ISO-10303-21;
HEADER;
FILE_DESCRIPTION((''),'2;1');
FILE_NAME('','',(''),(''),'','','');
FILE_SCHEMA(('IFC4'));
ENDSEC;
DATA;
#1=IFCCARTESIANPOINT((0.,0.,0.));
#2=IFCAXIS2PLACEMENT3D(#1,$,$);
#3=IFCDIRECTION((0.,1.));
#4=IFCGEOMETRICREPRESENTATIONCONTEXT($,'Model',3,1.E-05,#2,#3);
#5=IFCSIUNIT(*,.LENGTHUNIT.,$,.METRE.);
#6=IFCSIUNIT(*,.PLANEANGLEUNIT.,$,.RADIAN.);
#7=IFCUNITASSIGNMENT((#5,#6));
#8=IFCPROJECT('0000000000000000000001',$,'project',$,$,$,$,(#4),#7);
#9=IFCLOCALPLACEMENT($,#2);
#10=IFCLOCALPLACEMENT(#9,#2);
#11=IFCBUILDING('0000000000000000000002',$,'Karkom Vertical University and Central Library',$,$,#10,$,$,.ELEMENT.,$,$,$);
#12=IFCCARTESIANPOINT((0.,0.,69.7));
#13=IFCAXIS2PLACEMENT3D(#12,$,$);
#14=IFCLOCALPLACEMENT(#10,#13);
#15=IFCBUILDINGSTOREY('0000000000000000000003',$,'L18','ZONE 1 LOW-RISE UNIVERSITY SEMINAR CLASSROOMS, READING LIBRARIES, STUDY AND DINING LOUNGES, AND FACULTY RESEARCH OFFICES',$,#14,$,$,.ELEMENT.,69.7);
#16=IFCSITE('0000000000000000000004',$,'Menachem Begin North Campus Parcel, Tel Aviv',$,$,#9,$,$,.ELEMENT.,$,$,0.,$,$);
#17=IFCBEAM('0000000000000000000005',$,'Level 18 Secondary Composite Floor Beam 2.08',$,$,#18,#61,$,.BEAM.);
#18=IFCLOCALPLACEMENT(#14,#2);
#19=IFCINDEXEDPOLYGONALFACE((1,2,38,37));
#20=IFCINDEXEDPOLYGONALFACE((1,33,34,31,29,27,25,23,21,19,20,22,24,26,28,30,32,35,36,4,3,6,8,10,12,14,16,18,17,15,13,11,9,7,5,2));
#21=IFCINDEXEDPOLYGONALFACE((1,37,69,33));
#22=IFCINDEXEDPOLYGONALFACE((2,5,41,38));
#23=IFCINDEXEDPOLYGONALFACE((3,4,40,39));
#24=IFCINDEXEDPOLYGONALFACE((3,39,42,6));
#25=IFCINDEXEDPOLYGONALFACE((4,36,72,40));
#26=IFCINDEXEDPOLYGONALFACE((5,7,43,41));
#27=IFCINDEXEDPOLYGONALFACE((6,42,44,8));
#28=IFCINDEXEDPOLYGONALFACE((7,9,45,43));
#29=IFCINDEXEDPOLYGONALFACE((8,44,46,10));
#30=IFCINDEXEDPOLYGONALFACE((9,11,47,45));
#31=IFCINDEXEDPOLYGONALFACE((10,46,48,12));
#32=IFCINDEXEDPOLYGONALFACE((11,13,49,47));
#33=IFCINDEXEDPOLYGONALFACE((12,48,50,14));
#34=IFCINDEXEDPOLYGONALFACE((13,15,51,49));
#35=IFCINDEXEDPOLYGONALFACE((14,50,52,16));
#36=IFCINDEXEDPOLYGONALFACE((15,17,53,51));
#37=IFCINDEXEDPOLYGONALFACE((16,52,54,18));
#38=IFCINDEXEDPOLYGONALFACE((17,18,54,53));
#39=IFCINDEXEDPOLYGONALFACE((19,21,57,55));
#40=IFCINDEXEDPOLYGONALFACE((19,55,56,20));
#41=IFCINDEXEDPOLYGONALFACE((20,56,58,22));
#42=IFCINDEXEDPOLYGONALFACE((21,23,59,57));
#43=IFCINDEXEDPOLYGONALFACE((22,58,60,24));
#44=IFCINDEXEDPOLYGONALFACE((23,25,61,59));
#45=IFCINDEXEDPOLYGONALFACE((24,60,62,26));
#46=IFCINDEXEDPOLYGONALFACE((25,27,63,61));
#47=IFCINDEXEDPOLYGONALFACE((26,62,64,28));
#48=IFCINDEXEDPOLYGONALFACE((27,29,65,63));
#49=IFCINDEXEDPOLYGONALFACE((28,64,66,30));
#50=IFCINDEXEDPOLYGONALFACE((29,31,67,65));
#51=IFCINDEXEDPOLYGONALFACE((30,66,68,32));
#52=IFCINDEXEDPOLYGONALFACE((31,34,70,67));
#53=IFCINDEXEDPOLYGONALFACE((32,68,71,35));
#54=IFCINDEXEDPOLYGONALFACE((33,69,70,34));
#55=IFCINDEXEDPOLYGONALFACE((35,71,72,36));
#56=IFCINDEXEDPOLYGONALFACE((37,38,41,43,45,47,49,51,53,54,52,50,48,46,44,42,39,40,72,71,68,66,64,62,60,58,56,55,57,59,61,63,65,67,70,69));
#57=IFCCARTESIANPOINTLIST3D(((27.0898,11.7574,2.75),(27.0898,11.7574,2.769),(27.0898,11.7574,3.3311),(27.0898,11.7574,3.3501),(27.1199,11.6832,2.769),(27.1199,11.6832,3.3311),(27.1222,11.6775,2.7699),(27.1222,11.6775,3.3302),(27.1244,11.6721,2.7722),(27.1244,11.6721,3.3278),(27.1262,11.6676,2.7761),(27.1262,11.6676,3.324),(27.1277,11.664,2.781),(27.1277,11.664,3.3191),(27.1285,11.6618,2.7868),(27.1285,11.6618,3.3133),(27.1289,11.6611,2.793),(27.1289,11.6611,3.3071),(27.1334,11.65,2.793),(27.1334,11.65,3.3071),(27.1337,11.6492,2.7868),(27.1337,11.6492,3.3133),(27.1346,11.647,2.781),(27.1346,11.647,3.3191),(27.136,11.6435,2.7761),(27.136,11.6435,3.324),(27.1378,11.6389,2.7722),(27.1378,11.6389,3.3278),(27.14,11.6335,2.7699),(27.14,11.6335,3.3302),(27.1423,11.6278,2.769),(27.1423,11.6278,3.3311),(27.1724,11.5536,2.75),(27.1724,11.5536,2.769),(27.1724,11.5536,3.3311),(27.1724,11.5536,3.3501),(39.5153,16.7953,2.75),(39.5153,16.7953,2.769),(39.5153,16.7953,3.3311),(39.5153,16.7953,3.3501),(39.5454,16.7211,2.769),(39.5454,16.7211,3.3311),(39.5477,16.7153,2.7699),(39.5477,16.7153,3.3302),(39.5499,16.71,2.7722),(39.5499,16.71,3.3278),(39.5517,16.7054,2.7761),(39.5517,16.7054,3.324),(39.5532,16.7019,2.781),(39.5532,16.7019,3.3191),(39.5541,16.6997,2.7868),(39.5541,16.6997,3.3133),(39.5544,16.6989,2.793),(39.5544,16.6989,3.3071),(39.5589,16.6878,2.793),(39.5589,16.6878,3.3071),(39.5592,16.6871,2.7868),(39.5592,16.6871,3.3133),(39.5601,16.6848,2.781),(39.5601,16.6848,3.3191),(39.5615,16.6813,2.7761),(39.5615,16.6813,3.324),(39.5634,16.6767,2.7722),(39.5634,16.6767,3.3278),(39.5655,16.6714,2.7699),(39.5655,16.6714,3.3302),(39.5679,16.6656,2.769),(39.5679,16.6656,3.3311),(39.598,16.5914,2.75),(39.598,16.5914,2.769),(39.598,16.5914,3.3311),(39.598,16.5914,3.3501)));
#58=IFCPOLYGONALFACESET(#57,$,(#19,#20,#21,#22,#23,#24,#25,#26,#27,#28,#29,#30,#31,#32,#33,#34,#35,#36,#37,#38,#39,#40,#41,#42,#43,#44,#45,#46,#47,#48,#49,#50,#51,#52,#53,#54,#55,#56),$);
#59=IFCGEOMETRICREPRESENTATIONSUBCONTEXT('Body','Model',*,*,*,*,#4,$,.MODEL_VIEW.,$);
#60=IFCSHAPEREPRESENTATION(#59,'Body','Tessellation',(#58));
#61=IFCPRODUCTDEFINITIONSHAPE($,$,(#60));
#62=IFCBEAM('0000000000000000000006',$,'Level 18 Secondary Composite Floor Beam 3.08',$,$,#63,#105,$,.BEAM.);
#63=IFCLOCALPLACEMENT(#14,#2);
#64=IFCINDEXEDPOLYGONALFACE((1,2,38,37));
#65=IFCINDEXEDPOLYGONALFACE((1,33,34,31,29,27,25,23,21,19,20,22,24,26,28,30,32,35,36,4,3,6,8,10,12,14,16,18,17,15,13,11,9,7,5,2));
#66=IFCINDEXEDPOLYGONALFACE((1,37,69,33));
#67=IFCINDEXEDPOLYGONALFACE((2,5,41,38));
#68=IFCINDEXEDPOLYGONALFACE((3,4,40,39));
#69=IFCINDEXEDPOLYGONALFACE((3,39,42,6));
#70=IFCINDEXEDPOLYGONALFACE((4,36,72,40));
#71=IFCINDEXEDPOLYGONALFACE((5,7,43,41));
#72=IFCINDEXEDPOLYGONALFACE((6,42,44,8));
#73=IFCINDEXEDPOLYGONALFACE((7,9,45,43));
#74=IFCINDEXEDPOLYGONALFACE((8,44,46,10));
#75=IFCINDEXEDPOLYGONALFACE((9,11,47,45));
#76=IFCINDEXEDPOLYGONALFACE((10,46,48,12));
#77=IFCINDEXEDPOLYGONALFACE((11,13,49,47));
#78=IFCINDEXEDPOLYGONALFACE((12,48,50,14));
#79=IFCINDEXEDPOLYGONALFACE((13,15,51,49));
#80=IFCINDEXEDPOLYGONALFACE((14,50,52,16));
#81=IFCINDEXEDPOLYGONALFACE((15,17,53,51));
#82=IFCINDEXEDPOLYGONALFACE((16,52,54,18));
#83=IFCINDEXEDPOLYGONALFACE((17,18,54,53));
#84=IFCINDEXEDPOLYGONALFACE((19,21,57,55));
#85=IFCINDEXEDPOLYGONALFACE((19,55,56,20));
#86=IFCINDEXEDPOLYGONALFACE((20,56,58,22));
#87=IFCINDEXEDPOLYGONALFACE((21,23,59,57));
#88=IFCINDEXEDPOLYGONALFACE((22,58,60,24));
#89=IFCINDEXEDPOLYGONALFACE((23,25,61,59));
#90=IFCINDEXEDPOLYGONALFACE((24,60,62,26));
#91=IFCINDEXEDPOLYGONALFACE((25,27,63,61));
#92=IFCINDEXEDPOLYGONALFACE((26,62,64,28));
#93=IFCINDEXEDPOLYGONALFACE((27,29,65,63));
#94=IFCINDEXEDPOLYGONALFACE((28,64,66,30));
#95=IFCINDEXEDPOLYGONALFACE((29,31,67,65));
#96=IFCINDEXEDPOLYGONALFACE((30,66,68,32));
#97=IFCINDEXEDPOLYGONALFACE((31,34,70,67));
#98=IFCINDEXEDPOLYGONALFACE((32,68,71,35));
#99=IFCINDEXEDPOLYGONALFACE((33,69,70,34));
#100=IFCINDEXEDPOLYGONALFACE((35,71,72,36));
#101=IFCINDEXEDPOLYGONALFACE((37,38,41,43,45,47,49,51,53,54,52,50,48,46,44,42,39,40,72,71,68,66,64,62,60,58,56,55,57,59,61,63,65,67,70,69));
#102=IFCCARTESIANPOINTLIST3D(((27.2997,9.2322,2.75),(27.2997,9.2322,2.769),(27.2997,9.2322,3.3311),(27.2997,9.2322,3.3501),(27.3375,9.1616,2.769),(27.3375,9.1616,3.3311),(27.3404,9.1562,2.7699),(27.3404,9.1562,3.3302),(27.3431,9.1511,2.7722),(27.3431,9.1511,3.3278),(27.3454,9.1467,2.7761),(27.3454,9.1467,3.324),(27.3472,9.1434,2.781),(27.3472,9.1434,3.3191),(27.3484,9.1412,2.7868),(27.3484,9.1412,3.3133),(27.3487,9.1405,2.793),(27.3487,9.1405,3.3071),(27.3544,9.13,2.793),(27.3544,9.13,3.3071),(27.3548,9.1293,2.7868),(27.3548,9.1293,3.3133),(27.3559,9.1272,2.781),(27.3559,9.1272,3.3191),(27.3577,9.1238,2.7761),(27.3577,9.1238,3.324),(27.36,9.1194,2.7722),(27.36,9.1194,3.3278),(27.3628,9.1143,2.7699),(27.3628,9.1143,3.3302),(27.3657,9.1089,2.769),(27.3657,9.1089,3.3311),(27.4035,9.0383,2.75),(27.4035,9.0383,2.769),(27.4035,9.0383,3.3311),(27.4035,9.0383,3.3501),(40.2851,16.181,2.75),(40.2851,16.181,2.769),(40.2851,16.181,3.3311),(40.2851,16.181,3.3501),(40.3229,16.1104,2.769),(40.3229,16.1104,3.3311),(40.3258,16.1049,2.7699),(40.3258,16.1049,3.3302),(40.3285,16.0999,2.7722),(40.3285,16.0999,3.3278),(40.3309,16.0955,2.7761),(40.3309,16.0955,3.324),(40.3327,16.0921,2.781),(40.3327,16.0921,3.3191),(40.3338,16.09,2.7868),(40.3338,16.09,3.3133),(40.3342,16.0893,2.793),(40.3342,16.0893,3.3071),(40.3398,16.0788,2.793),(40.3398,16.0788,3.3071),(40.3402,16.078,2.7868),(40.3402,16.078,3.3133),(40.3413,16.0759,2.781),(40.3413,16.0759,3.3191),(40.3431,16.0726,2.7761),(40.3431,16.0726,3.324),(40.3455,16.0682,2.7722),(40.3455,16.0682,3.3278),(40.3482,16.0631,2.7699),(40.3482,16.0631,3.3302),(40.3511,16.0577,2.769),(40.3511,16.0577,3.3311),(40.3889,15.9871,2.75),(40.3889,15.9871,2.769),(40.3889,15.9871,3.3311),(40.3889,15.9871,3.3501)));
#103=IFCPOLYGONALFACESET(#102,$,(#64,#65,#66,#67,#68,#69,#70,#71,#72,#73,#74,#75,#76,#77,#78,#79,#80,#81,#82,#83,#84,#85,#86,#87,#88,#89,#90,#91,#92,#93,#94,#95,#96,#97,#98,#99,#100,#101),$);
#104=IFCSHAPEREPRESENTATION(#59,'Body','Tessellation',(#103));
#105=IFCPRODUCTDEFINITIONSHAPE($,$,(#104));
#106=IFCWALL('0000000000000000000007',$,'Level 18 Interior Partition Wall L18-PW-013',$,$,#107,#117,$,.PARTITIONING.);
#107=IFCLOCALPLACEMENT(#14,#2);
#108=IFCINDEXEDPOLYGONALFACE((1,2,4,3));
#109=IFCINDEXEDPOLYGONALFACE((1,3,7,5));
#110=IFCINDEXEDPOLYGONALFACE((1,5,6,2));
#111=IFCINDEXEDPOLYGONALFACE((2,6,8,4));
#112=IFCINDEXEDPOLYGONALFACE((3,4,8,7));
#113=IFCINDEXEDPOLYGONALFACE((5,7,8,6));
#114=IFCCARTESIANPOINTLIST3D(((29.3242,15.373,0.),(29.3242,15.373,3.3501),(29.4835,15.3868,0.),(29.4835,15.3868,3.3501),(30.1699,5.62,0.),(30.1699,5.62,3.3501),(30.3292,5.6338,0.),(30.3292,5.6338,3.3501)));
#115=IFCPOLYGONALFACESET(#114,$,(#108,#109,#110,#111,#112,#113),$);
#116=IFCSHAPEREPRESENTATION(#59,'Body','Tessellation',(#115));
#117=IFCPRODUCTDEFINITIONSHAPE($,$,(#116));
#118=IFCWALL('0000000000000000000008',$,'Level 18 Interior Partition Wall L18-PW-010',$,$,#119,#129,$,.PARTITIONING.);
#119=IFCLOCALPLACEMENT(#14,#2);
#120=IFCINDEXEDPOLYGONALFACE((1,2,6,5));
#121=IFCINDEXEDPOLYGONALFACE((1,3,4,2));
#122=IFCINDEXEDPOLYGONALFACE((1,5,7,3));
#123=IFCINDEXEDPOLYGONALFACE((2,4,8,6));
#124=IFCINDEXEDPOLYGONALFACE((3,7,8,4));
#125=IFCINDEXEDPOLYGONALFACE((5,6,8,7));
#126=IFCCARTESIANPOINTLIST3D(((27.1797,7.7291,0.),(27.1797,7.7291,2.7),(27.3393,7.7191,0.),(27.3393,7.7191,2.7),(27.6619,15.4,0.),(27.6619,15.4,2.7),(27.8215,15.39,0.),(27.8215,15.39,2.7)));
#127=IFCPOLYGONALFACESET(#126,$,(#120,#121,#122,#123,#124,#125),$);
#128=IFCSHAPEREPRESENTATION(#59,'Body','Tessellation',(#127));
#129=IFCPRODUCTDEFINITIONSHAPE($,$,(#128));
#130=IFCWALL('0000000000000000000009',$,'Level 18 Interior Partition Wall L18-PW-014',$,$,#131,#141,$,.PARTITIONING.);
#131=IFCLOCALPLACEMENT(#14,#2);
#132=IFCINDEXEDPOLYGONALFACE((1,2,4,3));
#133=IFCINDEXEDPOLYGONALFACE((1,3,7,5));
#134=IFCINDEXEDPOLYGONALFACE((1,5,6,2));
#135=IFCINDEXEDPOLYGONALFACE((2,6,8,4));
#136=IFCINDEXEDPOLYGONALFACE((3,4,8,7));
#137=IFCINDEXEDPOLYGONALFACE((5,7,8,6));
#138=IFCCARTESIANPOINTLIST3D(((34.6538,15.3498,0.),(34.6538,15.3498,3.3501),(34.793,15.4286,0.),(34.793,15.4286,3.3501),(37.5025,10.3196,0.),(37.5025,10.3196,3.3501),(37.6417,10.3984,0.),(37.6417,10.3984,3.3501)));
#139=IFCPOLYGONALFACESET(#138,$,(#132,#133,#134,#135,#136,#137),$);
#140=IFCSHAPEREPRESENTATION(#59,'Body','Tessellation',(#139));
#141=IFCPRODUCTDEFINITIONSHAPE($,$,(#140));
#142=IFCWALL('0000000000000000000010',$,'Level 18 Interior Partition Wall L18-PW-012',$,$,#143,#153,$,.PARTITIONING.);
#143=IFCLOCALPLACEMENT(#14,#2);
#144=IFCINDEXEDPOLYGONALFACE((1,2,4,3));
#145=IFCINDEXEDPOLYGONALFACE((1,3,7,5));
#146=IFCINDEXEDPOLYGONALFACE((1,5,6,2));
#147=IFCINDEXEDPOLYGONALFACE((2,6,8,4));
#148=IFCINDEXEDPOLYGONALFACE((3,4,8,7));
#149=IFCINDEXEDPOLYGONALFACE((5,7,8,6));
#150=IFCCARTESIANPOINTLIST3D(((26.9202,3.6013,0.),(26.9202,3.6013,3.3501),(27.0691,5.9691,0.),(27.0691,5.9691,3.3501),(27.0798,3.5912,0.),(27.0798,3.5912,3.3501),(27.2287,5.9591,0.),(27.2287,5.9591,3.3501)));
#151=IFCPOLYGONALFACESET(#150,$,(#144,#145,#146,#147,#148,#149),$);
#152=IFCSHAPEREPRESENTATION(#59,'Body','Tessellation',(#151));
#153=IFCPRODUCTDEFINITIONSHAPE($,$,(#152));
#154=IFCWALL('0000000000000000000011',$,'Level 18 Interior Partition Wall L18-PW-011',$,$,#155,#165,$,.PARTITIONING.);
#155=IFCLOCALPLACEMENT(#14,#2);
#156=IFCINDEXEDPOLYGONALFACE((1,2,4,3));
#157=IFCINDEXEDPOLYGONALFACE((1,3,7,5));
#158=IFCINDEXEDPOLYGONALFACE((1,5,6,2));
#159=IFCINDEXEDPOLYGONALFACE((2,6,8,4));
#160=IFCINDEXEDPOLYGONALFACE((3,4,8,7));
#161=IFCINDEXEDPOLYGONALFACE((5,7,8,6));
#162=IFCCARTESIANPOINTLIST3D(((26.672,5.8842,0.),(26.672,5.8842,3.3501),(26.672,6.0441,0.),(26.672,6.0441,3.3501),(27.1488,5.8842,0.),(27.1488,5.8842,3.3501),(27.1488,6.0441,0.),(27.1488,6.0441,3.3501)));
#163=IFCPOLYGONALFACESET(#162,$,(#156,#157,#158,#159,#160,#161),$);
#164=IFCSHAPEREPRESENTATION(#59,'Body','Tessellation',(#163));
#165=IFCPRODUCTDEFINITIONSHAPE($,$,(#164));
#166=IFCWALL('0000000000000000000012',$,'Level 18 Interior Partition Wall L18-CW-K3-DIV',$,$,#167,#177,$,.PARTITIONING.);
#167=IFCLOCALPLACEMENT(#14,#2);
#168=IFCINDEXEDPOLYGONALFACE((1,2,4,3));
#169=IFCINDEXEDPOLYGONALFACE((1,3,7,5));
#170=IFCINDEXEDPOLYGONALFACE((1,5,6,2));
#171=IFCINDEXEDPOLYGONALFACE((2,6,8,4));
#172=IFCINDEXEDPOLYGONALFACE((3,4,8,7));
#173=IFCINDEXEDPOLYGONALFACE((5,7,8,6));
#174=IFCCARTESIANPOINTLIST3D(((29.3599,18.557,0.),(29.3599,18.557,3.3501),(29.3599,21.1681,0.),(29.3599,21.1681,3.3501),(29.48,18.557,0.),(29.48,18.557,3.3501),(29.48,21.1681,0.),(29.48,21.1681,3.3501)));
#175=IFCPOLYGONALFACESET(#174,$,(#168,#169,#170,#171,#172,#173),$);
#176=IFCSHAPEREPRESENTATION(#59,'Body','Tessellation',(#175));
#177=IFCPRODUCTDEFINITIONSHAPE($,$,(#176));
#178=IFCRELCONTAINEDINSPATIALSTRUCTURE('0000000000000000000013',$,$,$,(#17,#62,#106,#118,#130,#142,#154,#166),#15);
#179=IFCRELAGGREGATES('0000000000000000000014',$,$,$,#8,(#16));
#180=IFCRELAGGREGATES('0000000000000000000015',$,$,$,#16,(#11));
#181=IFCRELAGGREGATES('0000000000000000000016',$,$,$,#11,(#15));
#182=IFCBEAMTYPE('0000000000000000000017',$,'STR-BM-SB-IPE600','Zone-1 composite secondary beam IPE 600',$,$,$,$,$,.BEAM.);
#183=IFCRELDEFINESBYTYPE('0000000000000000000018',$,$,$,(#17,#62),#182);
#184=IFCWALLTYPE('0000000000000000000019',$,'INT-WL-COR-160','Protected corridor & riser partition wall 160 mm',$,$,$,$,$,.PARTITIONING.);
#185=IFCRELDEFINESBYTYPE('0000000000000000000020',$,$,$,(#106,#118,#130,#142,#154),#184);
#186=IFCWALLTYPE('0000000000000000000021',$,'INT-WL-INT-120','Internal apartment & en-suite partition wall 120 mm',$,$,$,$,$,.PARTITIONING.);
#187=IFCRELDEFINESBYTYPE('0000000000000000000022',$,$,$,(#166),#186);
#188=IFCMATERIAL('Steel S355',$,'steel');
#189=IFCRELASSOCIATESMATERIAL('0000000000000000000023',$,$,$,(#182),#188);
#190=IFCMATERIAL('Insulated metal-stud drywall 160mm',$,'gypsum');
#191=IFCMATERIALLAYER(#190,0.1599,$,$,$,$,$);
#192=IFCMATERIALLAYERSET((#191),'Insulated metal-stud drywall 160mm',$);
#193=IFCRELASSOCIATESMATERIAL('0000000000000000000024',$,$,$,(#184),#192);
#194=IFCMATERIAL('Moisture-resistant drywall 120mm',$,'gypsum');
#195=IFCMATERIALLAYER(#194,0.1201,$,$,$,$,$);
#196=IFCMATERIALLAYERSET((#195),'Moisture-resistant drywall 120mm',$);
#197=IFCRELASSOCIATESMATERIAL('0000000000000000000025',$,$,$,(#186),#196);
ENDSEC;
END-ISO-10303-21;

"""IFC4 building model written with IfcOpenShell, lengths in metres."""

from ifc_helpers import new_model, si_unit, direction, frame, frame_2d, origin, origin_with_axes, origin_2d, place, context, subcontext, project, spatial, rectangle, i_section, extrude, source, transform, mapped, material, layer, layer_set, material_profile, profile_set, type_object, element, save


model = new_model("IFC4")

# Units and contexts
model_context = context("Model", 3, precision=1e-05, world=origin(), true_north=direction((0.0, 1.0)))
body_context = subcontext(model_context, "Body", "Model", "MODEL_VIEW")
ifc_project = project(units=[si_unit("LENGTHUNIT", "METRE"), si_unit("PLANEANGLEUNIT", "RADIAN")], contexts=[model_context])

# Site, building, storey
site_placement = place(None, origin())
site = spatial("IfcSite", under=ifc_project, at=site_placement, Name="Menachem Begin North Campus Parcel, Tel Aviv", CompositionType="ELEMENT", RefElevation=0.0)
building_placement = place(site_placement, origin())
building = spatial("IfcBuilding", under=site, at=building_placement, Name="Karkom Vertical University and Central Library", CompositionType="ELEMENT")
storey_placement = place(building_placement, frame((0.0, 0.0, 69.7)))
storey = spatial("IfcBuildingStorey", under=building, at=storey_placement, Name="L18", Description="ZONE 1 LOW-RISE UNIVERSITY SEMINAR CLASSROOMS, READING LIBRARIES, STUDY AND DINING LOUNGES, AND FACULTY RESEARCH OFFICES", CompositionType="ELEMENT", Elevation=69.7)

# Beams
ifc_material_1 = material(Name="Steel S355", Category="steel")
ifc_material_profile_1 = material_profile(ifc_material_1, i_section(OverallWidth=0.22, OverallDepth=0.6001, WebThickness=0.012, FlangeThickness=0.019, FilletRadius=0.0239, at=origin_2d()), Name="IPE 600")
ifc_profile_set_1 = profile_set([ifc_material_profile_1], Name="Steel S355")
beam_type_1 = type_object("IfcBeamType", Name="STR-BM-SB-IPE600", Description="Zone-1 composite secondary beam IPE 600", PredefinedType="BEAM", material=ifc_profile_set_1)
shared_shape_1 = source(origin_with_axes(), body_context, "Body", "SweptSolid", [
    extrude(i_section(OverallWidth=0.22, OverallDepth=0.6001, WebThickness=0.012, FlangeThickness=0.019, FilletRadius=0.0239, at=origin_2d()), origin(), (0.0, 0.0, 1.0), 13.408),
])
beam_1_placement = place(storey_placement, frame((27.1311, 11.6555, 3.05), z_axis=(0.926727, 0.375735, 0.0), x_axis=(-0.375735, 0.926727, 0.0)))
element("IfcBeam", 1, at=beam_1_placement, inside=storey, type_object=beam_type_1, Name="Level 18 Secondary Composite Floor Beam 2.08", PredefinedType="BEAM", context=body_context, shape_type="MappedRepresentation", body=[
    mapped(shared_shape_1, transform((0.0, 0.0, 0.0), scale=1.0)),
])
shared_shape_2 = source(origin_with_axes(), body_context, "Body", "SweptSolid", [
    extrude(i_section(OverallWidth=0.22, OverallDepth=0.6001, WebThickness=0.012, FlangeThickness=0.019, FilletRadius=0.0239, at=origin_2d()), origin(), (0.0, 0.0, 1.0), 14.7278),
])
beam_2_placement = place(storey_placement, frame((27.3516, 9.1353, 3.05), z_axis=(0.881698, 0.471815, 0.0), x_axis=(-0.471815, 0.881698, 0.0)))
element("IfcBeam", 2, at=beam_2_placement, inside=storey, type_object=beam_type_1, Name="Level 18 Secondary Composite Floor Beam 3.08", PredefinedType="BEAM", context=body_context, shape_type="MappedRepresentation", body=[
    mapped(shared_shape_2, transform((0.0, 0.0, 0.0), scale=1.0)),
])

# Walls
ifc_material_2 = material(Name="Insulated metal-stud drywall 160mm", Category="gypsum")
ifc_layer_1 = layer(ifc_material_2, 0.1599)
ifc_layer_set_1 = layer_set([ifc_layer_1], Name="Insulated metal-stud drywall 160mm")
wall_type_1 = type_object("IfcWallType", Name="INT-WL-COR-160", Description="Protected corridor & riser partition wall 160 mm", PredefinedType="PARTITIONING", material=ifc_layer_set_1)
wall_1_placement = place(storey_placement, frame((29.4038, 15.3799, 0.0), z_axis=(0.0, 0.0, 1.0), x_axis=(0.086389, -0.996262, 0.0)))
element("IfcWall", 3, at=wall_1_placement, inside=storey, type_object=wall_type_1, Name="Level 18 Interior Partition Wall L18-PW-013", PredefinedType="PARTITIONING", context=body_context, shape_type="SweptSolid", body=[
    extrude(rectangle(XDim=9.7896, YDim=0.1599, at=frame_2d((4.8948, 0.0))), origin(), (0.0, 0.0, 1.0), 3.3501),
])
wall_2_placement = place(storey_placement, frame((27.7417, 15.395, 0.0), z_axis=(0.0, 0.0, 1.0), x_axis=(-0.062734, -0.99803, 0.0)))
element("IfcWall", 4, at=wall_2_placement, inside=storey, type_object=wall_type_1, Name="Level 18 Interior Partition Wall L18-PW-010", PredefinedType="PARTITIONING", context=body_context, shape_type="SweptSolid", body=[
    extrude(rectangle(XDim=7.686, YDim=0.1599, at=frame_2d((3.843, 0.0))), origin(), (0.0, 0.0, 1.0), 2.7),
])
wall_3_placement = place(storey_placement, frame((34.7234, 15.3892, 0.0), z_axis=(0.0, 0.0, 1.0), x_axis=(0.492788, -0.87015, 0.0)))
element("IfcWall", 5, at=wall_3_placement, inside=storey, type_object=wall_type_1, Name="Level 18 Interior Partition Wall L18-PW-014", PredefinedType="PARTITIONING", context=body_context, shape_type="SweptSolid", body=[
    extrude(rectangle(XDim=5.7808, YDim=0.1599, at=frame_2d((2.8904, 0.0))), origin(), (0.0, 0.0, 1.0), 3.3501),
])
wall_4_placement = place(storey_placement, frame((27.1489, 5.9641, 0.0), z_axis=(0.0, 0.0, 1.0), x_axis=(-0.062769, -0.998028, 0.0)))
element("IfcWall", 6, at=wall_4_placement, inside=storey, type_object=wall_type_1, Name="Level 18 Interior Partition Wall L18-PW-012", PredefinedType="PARTITIONING", context=body_context, shape_type="SweptSolid", body=[
    extrude(rectangle(XDim=2.3726, YDim=0.1599, at=frame_2d((1.1863, 0.0))), origin(), (0.0, 0.0, 1.0), 3.3501),
])
wall_5_placement = place(storey_placement, frame((26.6721, 5.9641, 0.0), z_axis=(0.0, 0.0, 1.0), x_axis=(1.0, 0.0, 0.0)))
element("IfcWall", 7, at=wall_5_placement, inside=storey, type_object=wall_type_1, Name="Level 18 Interior Partition Wall L18-PW-011", PredefinedType="PARTITIONING", context=body_context, shape_type="SweptSolid", body=[
    extrude(rectangle(XDim=0.4768, YDim=0.1599, at=frame_2d((0.2383, 0.0))), origin(), (0.0, 0.0, 1.0), 3.3501),
])
ifc_material_3 = material(Name="Moisture-resistant drywall 120mm", Category="gypsum")
ifc_layer_2 = layer(ifc_material_3, 0.1201)
ifc_layer_set_2 = layer_set([ifc_layer_2], Name="Moisture-resistant drywall 120mm")
wall_type_2 = type_object("IfcWallType", Name="INT-WL-INT-120", Description="Internal apartment & en-suite partition wall 120 mm", PredefinedType="PARTITIONING", material=ifc_layer_set_2)
wall_6_placement = place(storey_placement, frame((29.4199, 18.5569, 0.0), z_axis=(0.0, 0.0, 1.0), x_axis=(0.0, 1.0, 0.0)))
element("IfcWall", 8, at=wall_6_placement, inside=storey, type_object=wall_type_2, Name="Level 18 Interior Partition Wall L18-CW-K3-DIV", PredefinedType="PARTITIONING", context=body_context, shape_type="SweptSolid", body=[
    extrude(rectangle(XDim=2.6111, YDim=0.1201, at=frame_2d((1.3057, 0.0))), origin(), (0.0, 0.0, 1.0), 3.3501),
])

save(model, "model.ifc")
